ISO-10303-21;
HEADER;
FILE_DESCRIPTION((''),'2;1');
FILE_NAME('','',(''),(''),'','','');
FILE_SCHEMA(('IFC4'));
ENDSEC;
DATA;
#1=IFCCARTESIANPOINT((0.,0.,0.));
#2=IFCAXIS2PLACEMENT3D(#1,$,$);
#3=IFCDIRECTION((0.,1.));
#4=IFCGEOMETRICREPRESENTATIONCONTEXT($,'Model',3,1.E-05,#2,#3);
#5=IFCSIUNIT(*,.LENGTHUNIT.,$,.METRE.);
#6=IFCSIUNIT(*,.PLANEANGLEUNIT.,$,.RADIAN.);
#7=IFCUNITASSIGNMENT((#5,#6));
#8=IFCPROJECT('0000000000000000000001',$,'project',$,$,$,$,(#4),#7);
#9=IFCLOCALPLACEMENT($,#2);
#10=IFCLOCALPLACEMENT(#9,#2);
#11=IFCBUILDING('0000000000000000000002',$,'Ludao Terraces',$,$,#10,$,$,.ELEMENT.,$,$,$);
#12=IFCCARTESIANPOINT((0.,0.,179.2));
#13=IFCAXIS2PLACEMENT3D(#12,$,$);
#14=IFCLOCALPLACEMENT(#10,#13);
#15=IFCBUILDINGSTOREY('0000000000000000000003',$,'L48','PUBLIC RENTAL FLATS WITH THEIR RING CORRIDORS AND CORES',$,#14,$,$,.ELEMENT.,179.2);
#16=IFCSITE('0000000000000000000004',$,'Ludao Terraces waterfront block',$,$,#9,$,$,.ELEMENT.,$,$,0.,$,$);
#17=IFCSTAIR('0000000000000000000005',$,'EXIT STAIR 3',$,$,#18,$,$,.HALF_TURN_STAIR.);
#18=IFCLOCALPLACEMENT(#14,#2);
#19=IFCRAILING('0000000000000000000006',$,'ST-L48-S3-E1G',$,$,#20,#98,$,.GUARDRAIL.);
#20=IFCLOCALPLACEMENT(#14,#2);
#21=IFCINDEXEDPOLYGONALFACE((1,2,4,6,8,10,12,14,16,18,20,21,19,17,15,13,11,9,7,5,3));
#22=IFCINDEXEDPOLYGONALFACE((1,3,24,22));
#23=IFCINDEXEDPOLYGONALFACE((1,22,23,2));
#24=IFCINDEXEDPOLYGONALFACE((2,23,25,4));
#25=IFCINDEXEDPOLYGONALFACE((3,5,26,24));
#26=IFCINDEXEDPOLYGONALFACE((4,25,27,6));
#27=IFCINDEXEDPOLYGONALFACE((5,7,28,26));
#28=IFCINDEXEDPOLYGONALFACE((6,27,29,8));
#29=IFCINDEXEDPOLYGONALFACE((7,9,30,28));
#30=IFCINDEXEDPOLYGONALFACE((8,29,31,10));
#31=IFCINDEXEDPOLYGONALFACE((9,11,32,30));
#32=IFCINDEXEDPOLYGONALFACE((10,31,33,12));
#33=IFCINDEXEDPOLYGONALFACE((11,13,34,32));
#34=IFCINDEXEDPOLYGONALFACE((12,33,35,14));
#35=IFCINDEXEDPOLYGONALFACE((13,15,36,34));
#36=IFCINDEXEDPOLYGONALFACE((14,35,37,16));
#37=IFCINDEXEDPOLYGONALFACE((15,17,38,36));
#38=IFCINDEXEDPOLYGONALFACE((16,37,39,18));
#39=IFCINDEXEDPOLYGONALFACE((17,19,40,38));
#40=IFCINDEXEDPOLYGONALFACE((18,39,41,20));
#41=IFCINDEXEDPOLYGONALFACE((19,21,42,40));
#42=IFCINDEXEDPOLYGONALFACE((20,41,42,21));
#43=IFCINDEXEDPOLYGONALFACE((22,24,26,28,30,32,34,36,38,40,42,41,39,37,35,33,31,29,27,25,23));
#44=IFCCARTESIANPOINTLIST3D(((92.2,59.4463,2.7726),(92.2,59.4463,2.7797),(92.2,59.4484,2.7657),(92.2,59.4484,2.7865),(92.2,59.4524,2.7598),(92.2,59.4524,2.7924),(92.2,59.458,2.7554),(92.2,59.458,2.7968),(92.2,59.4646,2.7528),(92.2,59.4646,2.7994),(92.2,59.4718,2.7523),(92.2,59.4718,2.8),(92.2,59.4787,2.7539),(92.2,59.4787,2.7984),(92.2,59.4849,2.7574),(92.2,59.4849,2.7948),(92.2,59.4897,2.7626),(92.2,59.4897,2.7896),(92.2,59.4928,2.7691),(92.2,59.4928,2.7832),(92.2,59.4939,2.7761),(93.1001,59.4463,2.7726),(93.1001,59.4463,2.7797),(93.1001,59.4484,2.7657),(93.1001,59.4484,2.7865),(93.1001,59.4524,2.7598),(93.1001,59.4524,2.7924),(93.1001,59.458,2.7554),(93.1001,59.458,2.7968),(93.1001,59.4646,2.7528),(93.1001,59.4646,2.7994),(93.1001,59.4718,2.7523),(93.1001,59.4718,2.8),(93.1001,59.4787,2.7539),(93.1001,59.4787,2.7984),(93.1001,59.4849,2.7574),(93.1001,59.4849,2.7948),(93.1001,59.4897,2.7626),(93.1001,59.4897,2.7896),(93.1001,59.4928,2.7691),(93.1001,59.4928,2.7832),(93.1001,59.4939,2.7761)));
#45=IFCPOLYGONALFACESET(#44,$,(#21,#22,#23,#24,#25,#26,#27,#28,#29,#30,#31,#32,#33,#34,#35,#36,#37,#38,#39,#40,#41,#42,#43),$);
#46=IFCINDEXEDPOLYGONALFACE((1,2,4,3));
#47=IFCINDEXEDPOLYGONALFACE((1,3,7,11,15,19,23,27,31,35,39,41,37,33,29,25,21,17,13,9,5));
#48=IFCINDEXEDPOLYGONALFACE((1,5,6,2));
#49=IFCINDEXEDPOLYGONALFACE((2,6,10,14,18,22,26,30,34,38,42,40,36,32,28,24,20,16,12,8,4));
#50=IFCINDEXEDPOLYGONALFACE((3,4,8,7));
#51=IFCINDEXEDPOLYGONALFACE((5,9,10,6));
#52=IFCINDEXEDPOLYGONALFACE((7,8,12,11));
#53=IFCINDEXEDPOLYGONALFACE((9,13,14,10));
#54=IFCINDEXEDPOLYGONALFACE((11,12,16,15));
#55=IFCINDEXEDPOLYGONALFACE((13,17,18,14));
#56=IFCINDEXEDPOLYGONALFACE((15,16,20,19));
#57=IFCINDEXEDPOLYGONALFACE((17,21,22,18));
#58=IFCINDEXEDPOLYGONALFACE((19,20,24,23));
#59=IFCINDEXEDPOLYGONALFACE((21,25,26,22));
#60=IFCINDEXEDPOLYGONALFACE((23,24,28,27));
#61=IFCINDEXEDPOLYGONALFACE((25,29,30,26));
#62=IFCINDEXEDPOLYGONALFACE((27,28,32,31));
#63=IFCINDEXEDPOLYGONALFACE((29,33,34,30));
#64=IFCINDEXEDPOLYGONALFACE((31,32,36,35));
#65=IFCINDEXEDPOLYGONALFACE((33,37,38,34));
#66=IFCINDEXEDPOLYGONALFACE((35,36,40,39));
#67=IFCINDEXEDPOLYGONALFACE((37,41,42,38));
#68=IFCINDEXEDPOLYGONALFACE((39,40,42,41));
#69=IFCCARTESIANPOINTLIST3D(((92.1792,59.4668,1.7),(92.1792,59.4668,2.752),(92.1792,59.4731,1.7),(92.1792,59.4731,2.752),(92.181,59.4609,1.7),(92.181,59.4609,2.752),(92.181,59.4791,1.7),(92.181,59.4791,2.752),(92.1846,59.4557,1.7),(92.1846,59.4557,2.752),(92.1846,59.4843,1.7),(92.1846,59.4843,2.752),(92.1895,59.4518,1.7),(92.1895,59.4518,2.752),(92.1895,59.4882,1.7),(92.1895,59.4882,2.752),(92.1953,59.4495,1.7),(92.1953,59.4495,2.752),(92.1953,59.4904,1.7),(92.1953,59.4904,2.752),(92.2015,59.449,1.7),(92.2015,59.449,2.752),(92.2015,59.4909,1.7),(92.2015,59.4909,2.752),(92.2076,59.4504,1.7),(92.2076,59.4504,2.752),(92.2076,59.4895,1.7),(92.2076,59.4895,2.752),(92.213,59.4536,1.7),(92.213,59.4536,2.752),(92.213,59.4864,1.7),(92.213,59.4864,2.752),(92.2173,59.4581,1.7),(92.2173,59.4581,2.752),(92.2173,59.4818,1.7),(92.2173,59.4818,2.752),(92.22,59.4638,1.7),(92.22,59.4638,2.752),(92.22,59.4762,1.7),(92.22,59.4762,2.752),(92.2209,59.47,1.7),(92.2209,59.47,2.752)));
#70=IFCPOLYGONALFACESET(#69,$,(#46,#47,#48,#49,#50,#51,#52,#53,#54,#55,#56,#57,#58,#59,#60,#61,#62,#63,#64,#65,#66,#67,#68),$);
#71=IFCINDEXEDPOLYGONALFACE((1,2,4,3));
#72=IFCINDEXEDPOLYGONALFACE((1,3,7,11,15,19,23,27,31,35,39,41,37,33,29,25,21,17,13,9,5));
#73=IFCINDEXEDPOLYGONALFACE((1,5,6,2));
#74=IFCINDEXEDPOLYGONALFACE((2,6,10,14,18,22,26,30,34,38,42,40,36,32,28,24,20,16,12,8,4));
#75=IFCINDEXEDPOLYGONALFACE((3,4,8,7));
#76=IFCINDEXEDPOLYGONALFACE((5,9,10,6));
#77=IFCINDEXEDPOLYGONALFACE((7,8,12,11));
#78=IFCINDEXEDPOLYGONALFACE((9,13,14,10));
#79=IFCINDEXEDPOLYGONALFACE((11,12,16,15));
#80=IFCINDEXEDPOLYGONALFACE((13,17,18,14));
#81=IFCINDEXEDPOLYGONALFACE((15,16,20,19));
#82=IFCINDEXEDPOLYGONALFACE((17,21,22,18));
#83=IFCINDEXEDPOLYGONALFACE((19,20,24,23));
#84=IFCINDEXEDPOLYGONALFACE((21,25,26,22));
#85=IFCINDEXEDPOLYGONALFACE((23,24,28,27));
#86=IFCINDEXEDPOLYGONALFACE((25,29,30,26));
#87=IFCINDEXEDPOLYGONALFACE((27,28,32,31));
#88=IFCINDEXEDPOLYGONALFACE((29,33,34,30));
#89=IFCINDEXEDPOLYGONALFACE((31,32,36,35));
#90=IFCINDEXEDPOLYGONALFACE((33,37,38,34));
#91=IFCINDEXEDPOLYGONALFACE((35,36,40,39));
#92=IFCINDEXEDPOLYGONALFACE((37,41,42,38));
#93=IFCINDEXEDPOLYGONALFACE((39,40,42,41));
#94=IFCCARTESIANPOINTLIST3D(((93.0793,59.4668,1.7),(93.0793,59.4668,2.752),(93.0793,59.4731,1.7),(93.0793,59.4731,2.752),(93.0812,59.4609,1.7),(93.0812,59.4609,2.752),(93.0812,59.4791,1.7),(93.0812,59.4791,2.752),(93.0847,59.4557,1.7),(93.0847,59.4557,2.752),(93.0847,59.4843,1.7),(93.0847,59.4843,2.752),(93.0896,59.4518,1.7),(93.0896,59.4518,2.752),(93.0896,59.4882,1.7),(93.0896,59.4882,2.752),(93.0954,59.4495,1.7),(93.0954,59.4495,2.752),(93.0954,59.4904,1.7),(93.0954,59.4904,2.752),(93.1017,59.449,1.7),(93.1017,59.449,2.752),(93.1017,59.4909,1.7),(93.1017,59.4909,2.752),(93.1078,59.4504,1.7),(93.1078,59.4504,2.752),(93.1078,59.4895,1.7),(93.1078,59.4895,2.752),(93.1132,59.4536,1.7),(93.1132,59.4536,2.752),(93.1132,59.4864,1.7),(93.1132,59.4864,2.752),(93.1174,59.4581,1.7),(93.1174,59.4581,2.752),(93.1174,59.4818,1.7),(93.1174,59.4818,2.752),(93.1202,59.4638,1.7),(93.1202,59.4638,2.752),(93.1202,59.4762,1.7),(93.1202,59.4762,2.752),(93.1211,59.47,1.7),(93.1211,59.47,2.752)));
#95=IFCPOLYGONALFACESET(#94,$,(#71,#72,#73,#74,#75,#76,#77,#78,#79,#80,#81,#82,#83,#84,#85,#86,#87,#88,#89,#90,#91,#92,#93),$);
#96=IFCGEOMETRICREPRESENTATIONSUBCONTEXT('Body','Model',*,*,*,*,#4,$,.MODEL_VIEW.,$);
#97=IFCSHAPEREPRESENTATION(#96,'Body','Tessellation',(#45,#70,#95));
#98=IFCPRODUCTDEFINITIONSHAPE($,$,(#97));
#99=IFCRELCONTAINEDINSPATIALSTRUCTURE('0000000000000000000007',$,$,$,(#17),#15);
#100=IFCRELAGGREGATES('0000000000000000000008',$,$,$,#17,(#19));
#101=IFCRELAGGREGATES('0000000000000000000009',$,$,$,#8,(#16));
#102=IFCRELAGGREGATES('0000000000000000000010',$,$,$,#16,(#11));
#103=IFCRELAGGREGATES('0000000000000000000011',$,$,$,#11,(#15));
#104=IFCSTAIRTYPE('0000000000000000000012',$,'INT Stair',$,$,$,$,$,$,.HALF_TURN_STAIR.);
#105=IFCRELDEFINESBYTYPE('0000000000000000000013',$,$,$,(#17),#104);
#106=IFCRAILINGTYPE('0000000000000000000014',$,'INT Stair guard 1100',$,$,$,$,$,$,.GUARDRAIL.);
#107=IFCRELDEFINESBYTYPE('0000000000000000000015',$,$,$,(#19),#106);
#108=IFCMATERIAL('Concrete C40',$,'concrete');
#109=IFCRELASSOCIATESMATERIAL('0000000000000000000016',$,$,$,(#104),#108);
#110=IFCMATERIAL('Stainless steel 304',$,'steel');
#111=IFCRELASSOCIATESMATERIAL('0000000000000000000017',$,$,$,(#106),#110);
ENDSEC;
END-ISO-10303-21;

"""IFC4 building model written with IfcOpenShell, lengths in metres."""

from ifc_helpers import new_model, si_unit, direction, frame, origin, origin_2d, place, context, subcontext, project, spatial, circle, extrude, material, type_object, element, aggregate, save


model = new_model("IFC4")

# Units and contexts
model_context = context("Model", 3, precision=1e-05, world=origin(), true_north=direction((0.0, 1.0)))
body_context = subcontext(model_context, "Body", "Model", "MODEL_VIEW")
ifc_project = project(units=[si_unit("LENGTHUNIT", "METRE"), si_unit("PLANEANGLEUNIT", "RADIAN")], contexts=[model_context])

# Site, building, storey
site_placement = place(None, origin())
site = spatial("IfcSite", under=ifc_project, at=site_placement, Name="Ludao Terraces waterfront block", CompositionType="ELEMENT", RefElevation=0.0)
building_placement = place(site_placement, origin())
building = spatial("IfcBuilding", under=site, at=building_placement, Name="Ludao Terraces", CompositionType="ELEMENT")
storey_placement = place(building_placement, frame((0.0, 0.0, 179.2)))
storey = spatial("IfcBuildingStorey", under=building, at=storey_placement, Name="L48", Description="PUBLIC RENTAL FLATS WITH THEIR RING CORRIDORS AND CORES", CompositionType="ELEMENT", Elevation=179.2)

# Shared definitions
ifc_material_1 = material(Name="Concrete C40", Category="concrete")

# Stair, railing
stair_type = type_object("IfcStairType", Name="INT Stair", PredefinedType="HALF_TURN_STAIR", material=ifc_material_1)
stair_placement = place(storey_placement, origin())
stair = element("IfcStair", 1, at=stair_placement, inside=storey, type_object=stair_type, Name="EXIT STAIR 3", PredefinedType="HALF_TURN_STAIR")
ifc_material_2 = material(Name="Stainless steel 304", Category="steel")
railing_type_1 = type_object("IfcRailingType", Name="INT Stair guard 1100", PredefinedType="GUARDRAIL", material=ifc_material_2)
railing_1_placement = place(storey_placement, frame((92.2, 59.47, 1.7)))
railing_1 = element("IfcRailing", 2, at=railing_1_placement, type_object=railing_type_1, Name="ST-L48-S3-E1G", PredefinedType="GUARDRAIL", context=body_context, shape_type="SweptSolid", body=[
    extrude(circle(Radius=0.0239, at=origin_2d()), frame((0.0, 0.0, 1.0762), z_axis=(1.0, 0.0, 0.0), x_axis=(0.0, 1.0, 0.0)), (0.0, 0.0, 1.0), 0.9001),
    extrude(circle(Radius=0.021, at=origin_2d()), origin(), (0.0, 0.0, 1.0), 1.052),
    extrude(circle(Radius=0.021, at=origin_2d()), frame((0.9001, 0.0, 0.0)), (0.0, 0.0, 1.0), 1.052),
])
aggregate(stair, [railing_1])

save(model, "model.ifc")
